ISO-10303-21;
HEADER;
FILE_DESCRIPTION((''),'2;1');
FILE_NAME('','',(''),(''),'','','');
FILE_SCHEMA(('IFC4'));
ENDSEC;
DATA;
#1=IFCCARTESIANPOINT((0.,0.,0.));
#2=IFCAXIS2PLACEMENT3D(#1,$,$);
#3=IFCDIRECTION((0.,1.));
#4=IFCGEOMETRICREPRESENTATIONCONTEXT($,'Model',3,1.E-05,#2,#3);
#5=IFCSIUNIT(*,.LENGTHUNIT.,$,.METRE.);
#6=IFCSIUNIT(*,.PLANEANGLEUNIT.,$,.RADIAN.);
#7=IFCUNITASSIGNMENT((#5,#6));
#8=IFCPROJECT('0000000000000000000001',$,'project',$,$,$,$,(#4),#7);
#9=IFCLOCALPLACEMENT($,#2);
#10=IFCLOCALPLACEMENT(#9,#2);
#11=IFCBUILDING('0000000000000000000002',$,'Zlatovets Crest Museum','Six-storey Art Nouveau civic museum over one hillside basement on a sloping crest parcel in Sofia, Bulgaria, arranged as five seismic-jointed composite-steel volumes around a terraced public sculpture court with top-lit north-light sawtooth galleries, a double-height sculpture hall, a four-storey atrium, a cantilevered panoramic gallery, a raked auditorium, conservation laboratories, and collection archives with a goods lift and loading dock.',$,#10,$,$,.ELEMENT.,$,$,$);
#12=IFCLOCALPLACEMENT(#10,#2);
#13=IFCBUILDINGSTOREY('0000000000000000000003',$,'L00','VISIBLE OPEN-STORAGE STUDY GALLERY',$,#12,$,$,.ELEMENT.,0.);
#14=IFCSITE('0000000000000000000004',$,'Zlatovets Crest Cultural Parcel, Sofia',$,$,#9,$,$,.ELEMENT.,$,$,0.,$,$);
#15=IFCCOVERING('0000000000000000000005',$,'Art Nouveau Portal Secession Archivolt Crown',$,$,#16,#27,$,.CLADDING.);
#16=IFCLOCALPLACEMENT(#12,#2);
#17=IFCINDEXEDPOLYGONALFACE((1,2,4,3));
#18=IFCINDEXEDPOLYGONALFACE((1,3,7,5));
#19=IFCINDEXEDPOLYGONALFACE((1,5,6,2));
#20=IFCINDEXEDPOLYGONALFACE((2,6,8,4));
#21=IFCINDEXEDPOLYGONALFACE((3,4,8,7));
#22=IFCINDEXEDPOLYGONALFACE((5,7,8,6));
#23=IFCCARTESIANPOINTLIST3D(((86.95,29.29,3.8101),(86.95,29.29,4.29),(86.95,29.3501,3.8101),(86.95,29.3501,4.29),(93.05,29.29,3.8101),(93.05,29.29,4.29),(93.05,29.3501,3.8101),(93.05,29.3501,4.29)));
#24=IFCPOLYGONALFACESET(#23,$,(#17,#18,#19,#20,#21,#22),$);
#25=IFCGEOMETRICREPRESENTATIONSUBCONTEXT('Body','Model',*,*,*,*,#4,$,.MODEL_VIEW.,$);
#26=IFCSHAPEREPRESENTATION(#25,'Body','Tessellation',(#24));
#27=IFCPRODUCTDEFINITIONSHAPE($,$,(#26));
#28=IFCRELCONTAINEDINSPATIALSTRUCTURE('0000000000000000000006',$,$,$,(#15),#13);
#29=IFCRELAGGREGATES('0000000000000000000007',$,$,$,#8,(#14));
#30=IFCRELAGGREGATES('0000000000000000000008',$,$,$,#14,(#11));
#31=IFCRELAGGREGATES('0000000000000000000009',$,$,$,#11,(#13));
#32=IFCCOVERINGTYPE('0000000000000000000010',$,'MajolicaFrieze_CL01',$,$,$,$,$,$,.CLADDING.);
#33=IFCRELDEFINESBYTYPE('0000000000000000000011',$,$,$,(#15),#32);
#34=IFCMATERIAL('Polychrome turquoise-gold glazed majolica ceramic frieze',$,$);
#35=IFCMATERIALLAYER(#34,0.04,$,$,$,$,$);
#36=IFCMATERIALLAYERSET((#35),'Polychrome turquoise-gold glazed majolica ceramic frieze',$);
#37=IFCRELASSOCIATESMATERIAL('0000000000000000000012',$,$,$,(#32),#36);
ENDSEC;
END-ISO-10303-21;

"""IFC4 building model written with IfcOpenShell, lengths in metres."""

from ifc_helpers import new_model, si_unit, direction, frame, origin, origin_2d, place, context, subcontext, project, spatial, rectangle, extrude, material, layer, layer_set, type_object, element, save


model = new_model("IFC4")

# Units and contexts
model_context = context("Model", 3, precision=1e-05, world=origin(), true_north=direction((0.0, 1.0)))
body_context = subcontext(model_context, "Body", "Model", "MODEL_VIEW")
ifc_project = project(units=[si_unit("LENGTHUNIT", "METRE"), si_unit("PLANEANGLEUNIT", "RADIAN")], contexts=[model_context])

# Site, building, storey
site_placement = place(None, origin())
site = spatial("IfcSite", under=ifc_project, at=site_placement, Name="Zlatovets Crest Cultural Parcel, Sofia", CompositionType="ELEMENT", RefElevation=0.0)
building_placement = place(site_placement, origin())
building = spatial("IfcBuilding", under=site, at=building_placement, Name="Zlatovets Crest Museum", Description="Six-storey Art Nouveau civic museum over one hillside basement on a sloping crest parcel in Sofia, Bulgaria, arranged as five seismic-jointed composite-steel volumes around a terraced public sculpture court with top-lit north-light sawtooth galleries, a double-height sculpture hall, a four-storey atrium, a cantilevered panoramic gallery, a raked auditorium, conservation laboratories, and collection archives with a goods lift and loading dock.", CompositionType="ELEMENT")
storey_placement = place(building_placement, origin())
storey = spatial("IfcBuildingStorey", under=building, at=storey_placement, Name="L00", Description="VISIBLE OPEN-STORAGE STUDY GALLERY", CompositionType="ELEMENT", Elevation=0.0)

# Covering
ifc_material_1 = material(Name="Polychrome turquoise-gold glazed majolica ceramic frieze")
ifc_layer_1 = layer(ifc_material_1, 0.04)
ifc_layer_set_1 = layer_set([ifc_layer_1], Name="Polychrome turquoise-gold glazed majolica ceramic frieze")
covering_type = type_object("IfcCoveringType", Name="MajolicaFrieze_CL01", PredefinedType="CLADDING", material=ifc_layer_set_1)
covering_placement = place(storey_placement, frame((90.0, 29.3201, 3.8101), z_axis=(0.0, 0.0, 1.0), x_axis=(1.0, 0.0, 0.0)))
element("IfcCovering", 1, at=covering_placement, inside=storey, type_object=covering_type, Name="Art Nouveau Portal Secession Archivolt Crown", PredefinedType="CLADDING", context=body_context, shape_type="SweptSolid", body=[
    extrude(rectangle(XDim=6.1001, YDim=0.0601, at=origin_2d()), origin(), (0.0, 0.0, 1.0), 0.48),
])

save(model, "model.ifc")
